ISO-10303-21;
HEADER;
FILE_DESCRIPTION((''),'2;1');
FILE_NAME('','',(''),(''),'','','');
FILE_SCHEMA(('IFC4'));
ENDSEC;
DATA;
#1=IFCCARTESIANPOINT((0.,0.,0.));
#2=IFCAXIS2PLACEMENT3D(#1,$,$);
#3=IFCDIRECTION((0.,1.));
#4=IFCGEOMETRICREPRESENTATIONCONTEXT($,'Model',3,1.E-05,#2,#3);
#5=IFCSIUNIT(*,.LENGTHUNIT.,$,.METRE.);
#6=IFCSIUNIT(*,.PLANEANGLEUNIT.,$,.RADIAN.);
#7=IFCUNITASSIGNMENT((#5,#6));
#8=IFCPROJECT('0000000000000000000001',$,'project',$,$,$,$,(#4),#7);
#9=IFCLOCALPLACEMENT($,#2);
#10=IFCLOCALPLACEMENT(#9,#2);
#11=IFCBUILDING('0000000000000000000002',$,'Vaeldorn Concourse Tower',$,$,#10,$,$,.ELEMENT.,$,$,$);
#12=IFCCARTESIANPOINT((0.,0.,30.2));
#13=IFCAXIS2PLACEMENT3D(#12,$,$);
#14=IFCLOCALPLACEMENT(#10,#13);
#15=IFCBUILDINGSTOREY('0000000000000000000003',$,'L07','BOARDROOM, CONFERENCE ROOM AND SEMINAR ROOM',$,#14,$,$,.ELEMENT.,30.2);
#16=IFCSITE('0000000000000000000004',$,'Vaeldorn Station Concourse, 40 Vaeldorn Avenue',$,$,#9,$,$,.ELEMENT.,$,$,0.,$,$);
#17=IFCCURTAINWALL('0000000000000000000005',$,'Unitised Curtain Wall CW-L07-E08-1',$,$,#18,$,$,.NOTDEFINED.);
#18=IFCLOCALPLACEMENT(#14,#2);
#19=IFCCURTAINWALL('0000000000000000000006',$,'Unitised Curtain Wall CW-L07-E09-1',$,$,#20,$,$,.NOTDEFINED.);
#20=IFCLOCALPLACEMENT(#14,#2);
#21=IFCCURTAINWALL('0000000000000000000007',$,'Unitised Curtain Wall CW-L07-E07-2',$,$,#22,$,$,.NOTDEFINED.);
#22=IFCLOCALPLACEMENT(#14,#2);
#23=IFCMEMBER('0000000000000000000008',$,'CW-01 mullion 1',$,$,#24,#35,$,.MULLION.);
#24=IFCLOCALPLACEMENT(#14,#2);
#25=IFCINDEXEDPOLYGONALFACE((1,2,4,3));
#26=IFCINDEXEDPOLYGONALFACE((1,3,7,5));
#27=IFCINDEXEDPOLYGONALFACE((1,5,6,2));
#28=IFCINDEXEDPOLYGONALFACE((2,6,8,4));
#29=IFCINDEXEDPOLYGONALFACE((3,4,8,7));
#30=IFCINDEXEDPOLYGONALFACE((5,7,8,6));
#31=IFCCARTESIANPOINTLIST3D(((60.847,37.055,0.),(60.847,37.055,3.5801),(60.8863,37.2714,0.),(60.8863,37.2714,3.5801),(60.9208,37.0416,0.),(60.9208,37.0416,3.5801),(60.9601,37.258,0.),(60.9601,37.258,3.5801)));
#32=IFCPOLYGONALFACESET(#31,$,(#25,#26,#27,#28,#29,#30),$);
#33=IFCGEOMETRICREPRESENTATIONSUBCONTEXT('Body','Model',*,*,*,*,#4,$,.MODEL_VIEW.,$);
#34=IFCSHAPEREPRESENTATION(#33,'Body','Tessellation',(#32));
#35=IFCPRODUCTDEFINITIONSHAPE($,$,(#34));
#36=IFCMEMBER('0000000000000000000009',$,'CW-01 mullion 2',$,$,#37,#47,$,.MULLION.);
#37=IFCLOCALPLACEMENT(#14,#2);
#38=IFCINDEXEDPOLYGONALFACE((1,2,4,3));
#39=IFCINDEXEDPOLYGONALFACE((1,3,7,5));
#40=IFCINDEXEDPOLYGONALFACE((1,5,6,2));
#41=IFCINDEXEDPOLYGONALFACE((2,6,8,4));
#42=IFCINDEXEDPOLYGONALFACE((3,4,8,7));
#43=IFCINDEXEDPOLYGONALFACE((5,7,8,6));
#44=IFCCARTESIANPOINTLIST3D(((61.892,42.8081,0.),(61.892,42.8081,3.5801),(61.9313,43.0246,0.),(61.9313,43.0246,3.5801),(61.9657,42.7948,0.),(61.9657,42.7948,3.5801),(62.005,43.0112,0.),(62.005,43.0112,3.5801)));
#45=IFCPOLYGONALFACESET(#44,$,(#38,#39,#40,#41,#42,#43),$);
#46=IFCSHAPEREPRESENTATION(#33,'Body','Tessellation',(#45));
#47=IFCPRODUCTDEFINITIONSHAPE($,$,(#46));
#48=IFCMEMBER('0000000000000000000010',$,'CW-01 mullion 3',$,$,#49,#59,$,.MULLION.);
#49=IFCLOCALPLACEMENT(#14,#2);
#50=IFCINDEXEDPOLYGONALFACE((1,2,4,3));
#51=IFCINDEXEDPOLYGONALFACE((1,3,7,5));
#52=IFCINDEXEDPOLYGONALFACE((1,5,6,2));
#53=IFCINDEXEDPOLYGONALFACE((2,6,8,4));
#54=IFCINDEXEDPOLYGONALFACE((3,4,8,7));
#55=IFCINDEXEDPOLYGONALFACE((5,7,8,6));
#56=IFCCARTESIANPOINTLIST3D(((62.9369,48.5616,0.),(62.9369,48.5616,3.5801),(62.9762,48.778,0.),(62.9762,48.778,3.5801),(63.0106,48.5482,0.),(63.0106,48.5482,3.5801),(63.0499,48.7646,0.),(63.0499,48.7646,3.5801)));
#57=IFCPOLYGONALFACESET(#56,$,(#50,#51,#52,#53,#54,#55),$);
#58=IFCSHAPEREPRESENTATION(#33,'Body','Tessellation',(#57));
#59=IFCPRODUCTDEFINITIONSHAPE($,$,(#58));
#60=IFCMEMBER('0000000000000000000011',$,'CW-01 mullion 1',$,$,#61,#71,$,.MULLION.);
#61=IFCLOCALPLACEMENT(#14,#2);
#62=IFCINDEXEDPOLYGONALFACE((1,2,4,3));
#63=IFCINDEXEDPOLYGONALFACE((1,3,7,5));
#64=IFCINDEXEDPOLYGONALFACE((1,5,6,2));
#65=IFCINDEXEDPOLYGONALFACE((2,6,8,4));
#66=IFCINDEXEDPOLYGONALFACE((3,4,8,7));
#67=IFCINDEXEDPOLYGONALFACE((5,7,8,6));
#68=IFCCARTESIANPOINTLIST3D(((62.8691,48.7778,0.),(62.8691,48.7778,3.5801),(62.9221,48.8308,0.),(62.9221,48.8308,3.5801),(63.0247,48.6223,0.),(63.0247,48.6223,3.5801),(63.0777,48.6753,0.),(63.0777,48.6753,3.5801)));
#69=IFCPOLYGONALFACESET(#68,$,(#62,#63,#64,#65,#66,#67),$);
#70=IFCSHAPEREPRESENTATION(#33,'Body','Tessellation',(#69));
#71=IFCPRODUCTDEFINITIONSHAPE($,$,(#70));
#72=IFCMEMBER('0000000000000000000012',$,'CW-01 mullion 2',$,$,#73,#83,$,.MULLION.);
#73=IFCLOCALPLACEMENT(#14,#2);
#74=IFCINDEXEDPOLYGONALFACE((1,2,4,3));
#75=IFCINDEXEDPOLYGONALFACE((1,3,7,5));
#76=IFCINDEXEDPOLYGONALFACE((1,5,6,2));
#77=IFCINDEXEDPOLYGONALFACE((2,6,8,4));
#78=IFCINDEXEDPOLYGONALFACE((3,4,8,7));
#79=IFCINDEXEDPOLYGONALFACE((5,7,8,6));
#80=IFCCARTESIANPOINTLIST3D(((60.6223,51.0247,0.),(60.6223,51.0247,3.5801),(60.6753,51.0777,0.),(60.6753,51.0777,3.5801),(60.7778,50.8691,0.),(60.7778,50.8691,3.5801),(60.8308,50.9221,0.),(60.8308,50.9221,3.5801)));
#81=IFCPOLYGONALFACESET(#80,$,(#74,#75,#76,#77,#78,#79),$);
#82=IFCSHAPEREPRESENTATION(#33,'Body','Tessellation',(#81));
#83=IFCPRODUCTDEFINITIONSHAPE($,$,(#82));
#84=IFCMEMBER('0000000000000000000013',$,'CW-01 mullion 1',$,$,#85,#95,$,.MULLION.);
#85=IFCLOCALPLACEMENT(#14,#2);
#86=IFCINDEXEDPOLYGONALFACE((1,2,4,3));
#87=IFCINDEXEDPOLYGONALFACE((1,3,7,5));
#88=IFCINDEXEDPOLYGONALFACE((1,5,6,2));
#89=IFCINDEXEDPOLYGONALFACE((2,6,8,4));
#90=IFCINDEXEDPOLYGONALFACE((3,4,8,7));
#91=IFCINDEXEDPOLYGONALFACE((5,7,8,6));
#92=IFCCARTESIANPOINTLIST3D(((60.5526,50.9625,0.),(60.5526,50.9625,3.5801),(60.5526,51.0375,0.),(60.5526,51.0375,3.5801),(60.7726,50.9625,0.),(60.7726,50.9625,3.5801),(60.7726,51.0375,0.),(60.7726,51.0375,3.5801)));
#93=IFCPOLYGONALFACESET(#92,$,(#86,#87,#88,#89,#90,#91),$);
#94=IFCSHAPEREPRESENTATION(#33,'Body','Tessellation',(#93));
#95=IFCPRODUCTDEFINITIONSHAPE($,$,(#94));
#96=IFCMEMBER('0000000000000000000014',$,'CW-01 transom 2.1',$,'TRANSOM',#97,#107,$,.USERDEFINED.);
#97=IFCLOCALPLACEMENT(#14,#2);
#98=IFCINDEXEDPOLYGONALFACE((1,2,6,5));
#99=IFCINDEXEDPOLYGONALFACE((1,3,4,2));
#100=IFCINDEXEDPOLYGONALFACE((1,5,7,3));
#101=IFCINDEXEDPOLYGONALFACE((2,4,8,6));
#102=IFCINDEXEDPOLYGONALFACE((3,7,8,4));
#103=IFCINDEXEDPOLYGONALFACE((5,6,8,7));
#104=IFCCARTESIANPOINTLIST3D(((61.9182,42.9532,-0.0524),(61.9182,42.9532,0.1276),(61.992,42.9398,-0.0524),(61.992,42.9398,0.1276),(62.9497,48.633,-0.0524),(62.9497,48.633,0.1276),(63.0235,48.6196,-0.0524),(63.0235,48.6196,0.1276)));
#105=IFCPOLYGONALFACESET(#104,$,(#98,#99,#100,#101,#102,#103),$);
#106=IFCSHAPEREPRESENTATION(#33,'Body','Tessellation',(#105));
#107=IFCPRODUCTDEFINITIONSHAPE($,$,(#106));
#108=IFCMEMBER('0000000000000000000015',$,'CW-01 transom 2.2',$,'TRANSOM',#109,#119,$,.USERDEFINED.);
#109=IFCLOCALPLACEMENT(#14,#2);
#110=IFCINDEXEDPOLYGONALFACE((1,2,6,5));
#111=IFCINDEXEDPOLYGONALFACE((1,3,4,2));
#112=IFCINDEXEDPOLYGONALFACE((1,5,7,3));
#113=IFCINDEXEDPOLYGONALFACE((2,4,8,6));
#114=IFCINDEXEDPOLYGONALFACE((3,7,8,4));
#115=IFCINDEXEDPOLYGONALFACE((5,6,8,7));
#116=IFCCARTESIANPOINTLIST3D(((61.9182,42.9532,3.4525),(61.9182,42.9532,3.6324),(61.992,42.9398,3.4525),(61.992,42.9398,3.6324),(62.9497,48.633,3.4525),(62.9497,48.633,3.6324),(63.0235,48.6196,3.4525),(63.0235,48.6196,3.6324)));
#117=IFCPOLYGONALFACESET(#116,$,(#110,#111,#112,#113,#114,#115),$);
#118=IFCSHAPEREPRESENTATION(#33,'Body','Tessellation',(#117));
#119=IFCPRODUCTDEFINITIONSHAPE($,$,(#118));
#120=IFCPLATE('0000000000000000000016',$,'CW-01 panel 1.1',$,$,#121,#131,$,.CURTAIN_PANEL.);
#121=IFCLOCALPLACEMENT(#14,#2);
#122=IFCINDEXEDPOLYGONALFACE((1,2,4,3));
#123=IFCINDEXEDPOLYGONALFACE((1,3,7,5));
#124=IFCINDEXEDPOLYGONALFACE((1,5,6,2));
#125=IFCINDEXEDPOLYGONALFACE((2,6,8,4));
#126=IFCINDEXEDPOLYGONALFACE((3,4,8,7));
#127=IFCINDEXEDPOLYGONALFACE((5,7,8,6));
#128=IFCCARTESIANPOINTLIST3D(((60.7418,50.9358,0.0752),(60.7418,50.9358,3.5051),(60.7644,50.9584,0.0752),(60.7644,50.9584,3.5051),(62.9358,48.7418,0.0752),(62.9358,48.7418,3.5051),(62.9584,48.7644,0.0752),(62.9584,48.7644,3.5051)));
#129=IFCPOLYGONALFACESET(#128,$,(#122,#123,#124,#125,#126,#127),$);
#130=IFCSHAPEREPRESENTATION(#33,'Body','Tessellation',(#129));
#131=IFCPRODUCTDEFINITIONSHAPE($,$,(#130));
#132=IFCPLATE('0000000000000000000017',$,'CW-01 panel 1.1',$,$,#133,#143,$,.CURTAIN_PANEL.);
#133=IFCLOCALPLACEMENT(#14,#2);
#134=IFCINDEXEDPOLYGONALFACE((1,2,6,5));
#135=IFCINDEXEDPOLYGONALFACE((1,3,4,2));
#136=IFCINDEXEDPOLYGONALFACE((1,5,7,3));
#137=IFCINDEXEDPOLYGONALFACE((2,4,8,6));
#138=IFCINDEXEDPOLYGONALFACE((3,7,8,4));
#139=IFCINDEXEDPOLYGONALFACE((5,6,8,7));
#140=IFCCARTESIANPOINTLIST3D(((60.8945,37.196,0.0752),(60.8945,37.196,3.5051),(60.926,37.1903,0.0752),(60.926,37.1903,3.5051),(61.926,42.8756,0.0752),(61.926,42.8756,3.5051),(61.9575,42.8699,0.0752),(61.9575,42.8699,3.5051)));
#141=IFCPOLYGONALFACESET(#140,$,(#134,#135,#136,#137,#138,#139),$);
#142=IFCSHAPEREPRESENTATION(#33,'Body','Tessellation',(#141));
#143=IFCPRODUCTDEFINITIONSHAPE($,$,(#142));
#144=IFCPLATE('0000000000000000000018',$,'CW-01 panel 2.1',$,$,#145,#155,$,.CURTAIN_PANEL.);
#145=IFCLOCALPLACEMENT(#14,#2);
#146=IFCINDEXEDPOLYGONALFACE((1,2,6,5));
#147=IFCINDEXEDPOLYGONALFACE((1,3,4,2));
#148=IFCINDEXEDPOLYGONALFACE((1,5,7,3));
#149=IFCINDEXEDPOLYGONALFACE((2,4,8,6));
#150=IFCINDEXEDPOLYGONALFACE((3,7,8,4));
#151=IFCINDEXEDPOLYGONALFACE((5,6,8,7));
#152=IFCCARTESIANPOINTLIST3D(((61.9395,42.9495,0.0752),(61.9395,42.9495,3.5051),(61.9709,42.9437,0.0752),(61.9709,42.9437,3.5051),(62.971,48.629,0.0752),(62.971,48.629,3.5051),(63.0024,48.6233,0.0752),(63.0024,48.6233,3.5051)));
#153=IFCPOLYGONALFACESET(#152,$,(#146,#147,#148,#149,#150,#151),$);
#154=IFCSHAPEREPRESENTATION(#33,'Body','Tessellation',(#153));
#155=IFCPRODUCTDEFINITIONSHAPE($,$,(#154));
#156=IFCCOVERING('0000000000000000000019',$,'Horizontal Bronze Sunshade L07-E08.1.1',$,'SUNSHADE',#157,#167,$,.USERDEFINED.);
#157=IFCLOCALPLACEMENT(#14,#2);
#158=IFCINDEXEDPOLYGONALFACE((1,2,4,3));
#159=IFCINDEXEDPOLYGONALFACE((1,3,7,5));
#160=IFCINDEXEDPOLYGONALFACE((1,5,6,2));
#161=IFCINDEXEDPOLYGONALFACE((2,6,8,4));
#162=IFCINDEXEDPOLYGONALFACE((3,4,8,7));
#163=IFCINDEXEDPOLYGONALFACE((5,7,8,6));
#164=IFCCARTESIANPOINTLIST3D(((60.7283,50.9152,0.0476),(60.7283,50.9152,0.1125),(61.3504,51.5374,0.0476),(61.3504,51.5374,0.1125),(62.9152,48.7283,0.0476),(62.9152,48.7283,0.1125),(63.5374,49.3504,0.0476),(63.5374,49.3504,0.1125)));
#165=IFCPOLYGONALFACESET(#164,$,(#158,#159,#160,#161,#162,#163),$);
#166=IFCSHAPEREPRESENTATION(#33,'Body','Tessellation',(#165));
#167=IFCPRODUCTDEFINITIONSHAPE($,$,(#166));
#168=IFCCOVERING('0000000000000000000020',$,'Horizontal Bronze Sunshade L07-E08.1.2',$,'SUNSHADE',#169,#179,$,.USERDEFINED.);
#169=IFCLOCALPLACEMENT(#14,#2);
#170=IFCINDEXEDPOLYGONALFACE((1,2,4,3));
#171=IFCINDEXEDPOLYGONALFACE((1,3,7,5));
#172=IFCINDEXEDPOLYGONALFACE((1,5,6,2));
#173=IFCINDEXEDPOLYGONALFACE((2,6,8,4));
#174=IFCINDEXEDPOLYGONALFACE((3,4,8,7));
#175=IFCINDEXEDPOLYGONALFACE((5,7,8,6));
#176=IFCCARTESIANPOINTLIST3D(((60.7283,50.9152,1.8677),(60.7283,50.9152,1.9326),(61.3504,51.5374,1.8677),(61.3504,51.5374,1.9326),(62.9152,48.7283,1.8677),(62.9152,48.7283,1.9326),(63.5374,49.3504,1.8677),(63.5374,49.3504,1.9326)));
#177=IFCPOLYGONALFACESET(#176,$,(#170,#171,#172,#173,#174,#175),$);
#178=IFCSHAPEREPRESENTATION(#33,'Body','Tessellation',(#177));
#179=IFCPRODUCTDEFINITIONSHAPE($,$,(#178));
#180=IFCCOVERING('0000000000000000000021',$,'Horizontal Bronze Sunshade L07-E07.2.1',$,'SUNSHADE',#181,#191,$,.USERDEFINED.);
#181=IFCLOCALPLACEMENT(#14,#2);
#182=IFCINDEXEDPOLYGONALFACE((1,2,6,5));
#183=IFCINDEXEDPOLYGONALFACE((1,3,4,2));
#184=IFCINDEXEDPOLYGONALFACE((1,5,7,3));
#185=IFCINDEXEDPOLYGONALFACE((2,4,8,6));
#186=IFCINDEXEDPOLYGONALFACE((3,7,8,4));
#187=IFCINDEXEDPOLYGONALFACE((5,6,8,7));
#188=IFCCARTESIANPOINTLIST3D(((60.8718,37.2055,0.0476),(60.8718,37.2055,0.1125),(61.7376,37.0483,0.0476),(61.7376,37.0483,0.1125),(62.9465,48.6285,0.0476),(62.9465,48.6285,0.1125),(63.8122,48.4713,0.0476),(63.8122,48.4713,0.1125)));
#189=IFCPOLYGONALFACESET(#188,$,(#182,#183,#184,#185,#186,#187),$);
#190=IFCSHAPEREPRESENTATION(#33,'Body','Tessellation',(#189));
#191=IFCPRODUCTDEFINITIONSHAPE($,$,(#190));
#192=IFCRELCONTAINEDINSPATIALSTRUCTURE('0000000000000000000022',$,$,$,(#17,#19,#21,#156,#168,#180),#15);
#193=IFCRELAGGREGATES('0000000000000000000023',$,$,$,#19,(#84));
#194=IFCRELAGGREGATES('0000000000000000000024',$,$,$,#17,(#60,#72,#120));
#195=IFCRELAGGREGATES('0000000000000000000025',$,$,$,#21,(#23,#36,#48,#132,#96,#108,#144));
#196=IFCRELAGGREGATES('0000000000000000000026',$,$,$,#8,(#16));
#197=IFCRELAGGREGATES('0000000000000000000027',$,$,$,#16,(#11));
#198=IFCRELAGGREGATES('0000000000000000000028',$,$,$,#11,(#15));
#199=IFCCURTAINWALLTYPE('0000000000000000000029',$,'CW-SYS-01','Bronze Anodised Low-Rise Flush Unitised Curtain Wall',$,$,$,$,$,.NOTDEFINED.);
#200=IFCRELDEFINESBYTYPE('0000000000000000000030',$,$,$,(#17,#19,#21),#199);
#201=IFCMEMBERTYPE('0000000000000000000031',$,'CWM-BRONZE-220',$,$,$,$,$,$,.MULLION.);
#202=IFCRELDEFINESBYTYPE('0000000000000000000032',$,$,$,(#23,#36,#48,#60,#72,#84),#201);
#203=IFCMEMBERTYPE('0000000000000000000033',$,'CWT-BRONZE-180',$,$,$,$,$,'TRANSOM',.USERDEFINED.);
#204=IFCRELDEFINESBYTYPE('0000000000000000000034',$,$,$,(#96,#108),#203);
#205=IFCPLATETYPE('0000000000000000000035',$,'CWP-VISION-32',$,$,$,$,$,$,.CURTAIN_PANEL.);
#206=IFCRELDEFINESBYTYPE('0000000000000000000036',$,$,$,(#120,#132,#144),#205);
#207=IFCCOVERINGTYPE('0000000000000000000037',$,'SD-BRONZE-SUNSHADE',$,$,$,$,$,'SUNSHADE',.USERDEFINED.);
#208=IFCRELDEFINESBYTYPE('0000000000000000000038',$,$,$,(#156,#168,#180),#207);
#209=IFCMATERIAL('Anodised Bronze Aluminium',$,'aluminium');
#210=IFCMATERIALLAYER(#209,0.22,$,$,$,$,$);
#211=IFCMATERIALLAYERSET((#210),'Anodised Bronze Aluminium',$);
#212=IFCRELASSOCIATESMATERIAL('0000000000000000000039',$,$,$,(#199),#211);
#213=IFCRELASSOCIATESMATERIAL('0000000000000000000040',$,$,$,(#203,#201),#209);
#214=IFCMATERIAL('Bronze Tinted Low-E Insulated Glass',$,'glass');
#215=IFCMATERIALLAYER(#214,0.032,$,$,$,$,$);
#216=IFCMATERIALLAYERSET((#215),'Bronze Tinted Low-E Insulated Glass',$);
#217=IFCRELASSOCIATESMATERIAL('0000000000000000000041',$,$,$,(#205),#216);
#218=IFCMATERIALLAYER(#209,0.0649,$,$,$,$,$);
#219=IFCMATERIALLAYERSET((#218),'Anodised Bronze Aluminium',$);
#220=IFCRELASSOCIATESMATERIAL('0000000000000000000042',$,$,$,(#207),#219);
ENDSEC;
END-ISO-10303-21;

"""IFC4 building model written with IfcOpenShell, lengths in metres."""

from ifc_helpers import new_model, si_unit, direction, frame, origin, origin_2d, place, context, subcontext, project, spatial, rectangle, extrude, source, transform, mapped, material, layer, layer_set, material_profile, profile_set, type_object, element, aggregate, save


model = new_model("IFC4")

# Units and contexts
model_context = context("Model", 3, precision=1e-05, world=origin(), true_north=direction((0.0, 1.0)))
body_context = subcontext(model_context, "Body", "Model", "MODEL_VIEW")
ifc_project = project(units=[si_unit("LENGTHUNIT", "METRE"), si_unit("PLANEANGLEUNIT", "RADIAN")], contexts=[model_context])

# Site, building, storey
site_placement = place(None, origin())
site = spatial("IfcSite", under=ifc_project, at=site_placement, Name="Vaeldorn Station Concourse, 40 Vaeldorn Avenue", CompositionType="ELEMENT", RefElevation=0.0)
building_placement = place(site_placement, origin())
building = spatial("IfcBuilding", under=site, at=building_placement, Name="Vaeldorn Concourse Tower", CompositionType="ELEMENT")
storey_placement = place(building_placement, frame((0.0, 0.0, 30.2)))
storey = spatial("IfcBuildingStorey", under=building, at=storey_placement, Name="L07", Description="BOARDROOM, CONFERENCE ROOM AND SEMINAR ROOM", CompositionType="ELEMENT", Elevation=30.2)

# Curtain walls, members
ifc_material_1 = material(Name="Anodised Bronze Aluminium", Category="aluminium")
ifc_layer_1 = layer(ifc_material_1, 0.22)
ifc_layer_set_1 = layer_set([ifc_layer_1], Name="Anodised Bronze Aluminium")
curtain_wall_type = type_object("IfcCurtainWallType", Name="CW-SYS-01", Description="Bronze Anodised Low-Rise Flush Unitised Curtain Wall", PredefinedType="NOTDEFINED", material=ifc_layer_set_1)
curtain_wall_1_placement = place(storey_placement, origin())
curtain_wall_1 = element("IfcCurtainWall", 1, at=curtain_wall_1_placement, inside=storey, type_object=curtain_wall_type, Name="Unitised Curtain Wall CW-L07-E08-1", PredefinedType="NOTDEFINED")
ifc_material_profile_1 = material_profile(ifc_material_1, rectangle(XDim=0.075, YDim=0.1799, at=origin_2d()), Name="CWT 75x180")
ifc_profile_set_1 = profile_set([ifc_material_profile_1], Name="Anodised Bronze Aluminium")
member_type_1 = type_object("IfcMemberType", Name="CWT-BRONZE-180", ElementType="TRANSOM", PredefinedType="USERDEFINED", material=ifc_profile_set_1)
curtain_wall_2_placement = place(storey_placement, origin())
curtain_wall_2 = element("IfcCurtainWall", 2, at=curtain_wall_2_placement, inside=storey, type_object=curtain_wall_type, Name="Unitised Curtain Wall CW-L07-E09-1", PredefinedType="NOTDEFINED")
curtain_wall_3_placement = place(storey_placement, origin())
curtain_wall_3 = element("IfcCurtainWall", 3, at=curtain_wall_3_placement, inside=storey, type_object=curtain_wall_type, Name="Unitised Curtain Wall CW-L07-E07-2", PredefinedType="NOTDEFINED")
ifc_material_profile_2 = material_profile(ifc_material_1, rectangle(XDim=0.075, YDim=0.22, at=origin_2d()), Name="CWM 75x220")
ifc_profile_set_2 = profile_set([ifc_material_profile_2], Name="Anodised Bronze Aluminium")
member_type_2 = type_object("IfcMemberType", Name="CWM-BRONZE-220", PredefinedType="MULLION", material=ifc_profile_set_2)
shared_shape_1 = source(origin(), body_context, "Body", "SweptSolid", [
    extrude(rectangle(XDim=0.075, YDim=0.22, at=origin_2d()), origin(), (0.0, 0.0, 1.0), 3.5801),
])
member_1_placement = place(storey_placement, frame((60.9036, 37.1565, 0.0), z_axis=(0.0, 0.0, 1.0), x_axis=(-0.983905, 0.178693, 0.0)))
member_1 = element("IfcMember", 4, at=member_1_placement, type_object=member_type_2, Name="CW-01 mullion 1", PredefinedType="MULLION", context=body_context, shape_type="MappedRepresentation", body=[
    mapped(shared_shape_1, transform((0.0, 0.0, 0.0), scale=1.0)),
])
member_2_placement = place(storey_placement, frame((61.9485, 42.9097, 0.0), z_axis=(0.0, 0.0, 1.0), x_axis=(-0.983905, 0.178693, 0.0)))
member_2 = element("IfcMember", 5, at=member_2_placement, type_object=member_type_2, Name="CW-01 mullion 2", PredefinedType="MULLION", context=body_context, shape_type="MappedRepresentation", body=[
    mapped(shared_shape_1, transform((0.0, 0.0, 0.0), scale=1.0)),
])
member_3_placement = place(storey_placement, frame((62.9934, 48.6631, 0.0), z_axis=(0.0, 0.0, 1.0), x_axis=(-0.983905, 0.178693, 0.0)))
member_3 = element("IfcMember", 6, at=member_3_placement, type_object=member_type_2, Name="CW-01 mullion 3", PredefinedType="MULLION", context=body_context, shape_type="MappedRepresentation", body=[
    mapped(shared_shape_1, transform((0.0, 0.0, 0.0), scale=1.0)),
])

# Members
member_4_placement = place(storey_placement, frame((62.9734, 48.7266, 0.0), z_axis=(0.0, 0.0, 1.0), x_axis=(-0.707107, -0.707107, 0.0)))
member_4 = element("IfcMember", 7, at=member_4_placement, type_object=member_type_2, Name="CW-01 mullion 1", PredefinedType="MULLION", context=body_context, shape_type="MappedRepresentation", body=[
    mapped(shared_shape_1, transform((0.0, 0.0, 0.0), scale=1.0)),
])
member_5_placement = place(storey_placement, frame((60.7266, 50.9734, 0.0), z_axis=(0.0, 0.0, 1.0), x_axis=(-0.707107, -0.707107, 0.0)))
member_5 = element("IfcMember", 8, at=member_5_placement, type_object=member_type_2, Name="CW-01 mullion 2", PredefinedType="MULLION", context=body_context, shape_type="MappedRepresentation", body=[
    mapped(shared_shape_1, transform((0.0, 0.0, 0.0), scale=1.0)),
])
member_6_placement = place(storey_placement, frame((60.6626, 51.0, 0.0), z_axis=(0.0, 0.0, 1.0), x_axis=(0.0, -1.0, 0.0)))
member_6 = element("IfcMember", 9, at=member_6_placement, type_object=member_type_2, Name="CW-01 mullion 1", PredefinedType="MULLION", context=body_context, shape_type="MappedRepresentation", body=[
    mapped(shared_shape_1, transform((0.0, 0.0, 0.0), scale=1.0)),
])
aggregate(curtain_wall_2, [member_6])
shared_shape_2 = source(origin(), body_context, "Body", "SweptSolid", [
    extrude(rectangle(XDim=0.075, YDim=0.1799, at=origin_2d()), origin(), (0.0, 0.0, 1.0), 5.7727),
])
member_7_placement = place(storey_placement, frame((61.9551, 42.9465, 0.0376), z_axis=(0.178688, 0.983906, 0.0), x_axis=(-0.983906, 0.178688, 0.0)))
member_7 = element("IfcMember", 10, at=member_7_placement, type_object=member_type_1, Name="CW-01 transom 2.1", ObjectType="TRANSOM", PredefinedType="USERDEFINED", context=body_context, shape_type="MappedRepresentation", body=[
    mapped(shared_shape_2, transform((0.0, 0.0, 0.0), scale=1.0)),
])
member_8_placement = place(storey_placement, frame((61.9551, 42.9465, 3.5425), z_axis=(0.178688, 0.983906, 0.0), x_axis=(-0.983906, 0.178688, 0.0)))
member_8 = element("IfcMember", 11, at=member_8_placement, type_object=member_type_1, Name="CW-01 transom 2.2", ObjectType="TRANSOM", PredefinedType="USERDEFINED", context=body_context, shape_type="MappedRepresentation", body=[
    mapped(shared_shape_2, transform((0.0, 0.0, 0.0), scale=1.0)),
])

# Plates
ifc_material_2 = material(Name="Bronze Tinted Low-E Insulated Glass", Category="glass")
ifc_layer_2 = layer(ifc_material_2, 0.032)
ifc_layer_set_2 = layer_set([ifc_layer_2], Name="Bronze Tinted Low-E Insulated Glass")
plate_type = type_object("IfcPlateType", Name="CWP-VISION-32", PredefinedType="CURTAIN_PANEL", material=ifc_layer_set_2)
shared_shape_3 = source(origin(), body_context, "Body", "SweptSolid", [
    extrude(rectangle(XDim=3.1028, YDim=0.032, at=origin_2d()), origin(), (0.0, 0.0, 1.0), 3.4299),
])
plate_1_placement = place(storey_placement, frame((61.8501, 49.8501, 0.0752), z_axis=(0.0, 0.0, 1.0), x_axis=(-0.707107, 0.707107, 0.0)))
plate_1 = element("IfcPlate", 12, at=plate_1_placement, type_object=plate_type, Name="CW-01 panel 1.1", PredefinedType="CURTAIN_PANEL", context=body_context, shape_type="MappedRepresentation", body=[
    mapped(shared_shape_3, transform((0.0, 0.0, 0.0), scale=1.0)),
])
aggregate(curtain_wall_1, [member_4, member_5, plate_1])
shared_shape_4 = source(origin(), body_context, "Body", "SweptSolid", [
    extrude(rectangle(XDim=5.7725, YDim=0.032, at=origin_2d()), origin(), (0.0, 0.0, 1.0), 3.4299),
])
plate_2_placement = place(storey_placement, frame((61.426, 40.033, 0.0752), z_axis=(0.0, 0.0, 1.0), x_axis=(0.178693, 0.983905, 0.0)))
plate_2 = element("IfcPlate", 13, at=plate_2_placement, type_object=plate_type, Name="CW-01 panel 1.1", PredefinedType="CURTAIN_PANEL", context=body_context, shape_type="MappedRepresentation", body=[
    mapped(shared_shape_4, transform((0.0, 0.0, 0.0), scale=1.0)),
])
plate_3_placement = place(storey_placement, frame((62.4709, 45.7864, 0.0752), z_axis=(0.0, 0.0, 1.0), x_axis=(0.178693, 0.983905, 0.0)))
plate_3 = element("IfcPlate", 14, at=plate_3_placement, type_object=plate_type, Name="CW-01 panel 2.1", PredefinedType="CURTAIN_PANEL", context=body_context, shape_type="MappedRepresentation", body=[
    mapped(shared_shape_4, transform((0.0, 0.0, 0.0), scale=1.0)),
])
aggregate(curtain_wall_3, [member_1, member_2, member_3, plate_2, member_7, member_8, plate_3])

# Coverings
ifc_layer_3 = layer(ifc_material_1, 0.0649)
ifc_layer_set_3 = layer_set([ifc_layer_3], Name="Anodised Bronze Aluminium")
covering_type = type_object("IfcCoveringType", Name="SD-BRONZE-SUNSHADE", ElementType="SUNSHADE", PredefinedType="USERDEFINED", material=ifc_layer_set_3)
shared_shape_5 = source(origin(), body_context, "Body", "SweptSolid", [
    extrude(rectangle(XDim=3.0928, YDim=0.8799, at=origin_2d()), origin(), (0.0, 0.0, 1.0), 0.0649),
])
for number, where, z_axis, x_axis, name in (
    (15, (62.1328, 50.1328, 0.0476), (0.0, 0.0, 1.0), (-0.707107, 0.707107, 0.0), "Horizontal Bronze Sunshade L07-E08.1.1"),
    (16, (62.1328, 50.1328, 1.8677), (0.0, 0.0, 1.0), (-0.707107, 0.707107, 0.0), "Horizontal Bronze Sunshade L07-E08.1.2"),
):
    element("IfcCovering", number, at=place(storey_placement, frame(where, z_axis=z_axis, x_axis=x_axis)), inside=storey, type_object=covering_type, Name=name, ObjectType="SUNSHADE", PredefinedType="USERDEFINED", context=body_context, shape_type="MappedRepresentation", body=[
        mapped(shared_shape_5, transform((0.0, 0.0, 0.0), scale=1.0)),
    ])
shared_shape_6 = source(origin(), body_context, "Body", "SweptSolid", [
    extrude(rectangle(XDim=11.6099, YDim=0.8799, at=origin_2d()), origin(), (0.0, 0.0, 1.0), 0.0649),
])
for number, where, z_axis, x_axis, name in (
    (17, (62.342, 42.8384, 0.0476), (0.0, 0.0, 1.0), (0.178699, 0.983904, 0.0), "Horizontal Bronze Sunshade L07-E07.2.1"),
):
    element("IfcCovering", number, at=place(storey_placement, frame(where, z_axis=z_axis, x_axis=x_axis)), inside=storey, type_object=covering_type, Name=name, ObjectType="SUNSHADE", PredefinedType="USERDEFINED", context=body_context, shape_type="MappedRepresentation", body=[
        mapped(shared_shape_6, transform((0.0, 0.0, 0.0), scale=1.0)),
    ])

save(model, "model.ifc")
